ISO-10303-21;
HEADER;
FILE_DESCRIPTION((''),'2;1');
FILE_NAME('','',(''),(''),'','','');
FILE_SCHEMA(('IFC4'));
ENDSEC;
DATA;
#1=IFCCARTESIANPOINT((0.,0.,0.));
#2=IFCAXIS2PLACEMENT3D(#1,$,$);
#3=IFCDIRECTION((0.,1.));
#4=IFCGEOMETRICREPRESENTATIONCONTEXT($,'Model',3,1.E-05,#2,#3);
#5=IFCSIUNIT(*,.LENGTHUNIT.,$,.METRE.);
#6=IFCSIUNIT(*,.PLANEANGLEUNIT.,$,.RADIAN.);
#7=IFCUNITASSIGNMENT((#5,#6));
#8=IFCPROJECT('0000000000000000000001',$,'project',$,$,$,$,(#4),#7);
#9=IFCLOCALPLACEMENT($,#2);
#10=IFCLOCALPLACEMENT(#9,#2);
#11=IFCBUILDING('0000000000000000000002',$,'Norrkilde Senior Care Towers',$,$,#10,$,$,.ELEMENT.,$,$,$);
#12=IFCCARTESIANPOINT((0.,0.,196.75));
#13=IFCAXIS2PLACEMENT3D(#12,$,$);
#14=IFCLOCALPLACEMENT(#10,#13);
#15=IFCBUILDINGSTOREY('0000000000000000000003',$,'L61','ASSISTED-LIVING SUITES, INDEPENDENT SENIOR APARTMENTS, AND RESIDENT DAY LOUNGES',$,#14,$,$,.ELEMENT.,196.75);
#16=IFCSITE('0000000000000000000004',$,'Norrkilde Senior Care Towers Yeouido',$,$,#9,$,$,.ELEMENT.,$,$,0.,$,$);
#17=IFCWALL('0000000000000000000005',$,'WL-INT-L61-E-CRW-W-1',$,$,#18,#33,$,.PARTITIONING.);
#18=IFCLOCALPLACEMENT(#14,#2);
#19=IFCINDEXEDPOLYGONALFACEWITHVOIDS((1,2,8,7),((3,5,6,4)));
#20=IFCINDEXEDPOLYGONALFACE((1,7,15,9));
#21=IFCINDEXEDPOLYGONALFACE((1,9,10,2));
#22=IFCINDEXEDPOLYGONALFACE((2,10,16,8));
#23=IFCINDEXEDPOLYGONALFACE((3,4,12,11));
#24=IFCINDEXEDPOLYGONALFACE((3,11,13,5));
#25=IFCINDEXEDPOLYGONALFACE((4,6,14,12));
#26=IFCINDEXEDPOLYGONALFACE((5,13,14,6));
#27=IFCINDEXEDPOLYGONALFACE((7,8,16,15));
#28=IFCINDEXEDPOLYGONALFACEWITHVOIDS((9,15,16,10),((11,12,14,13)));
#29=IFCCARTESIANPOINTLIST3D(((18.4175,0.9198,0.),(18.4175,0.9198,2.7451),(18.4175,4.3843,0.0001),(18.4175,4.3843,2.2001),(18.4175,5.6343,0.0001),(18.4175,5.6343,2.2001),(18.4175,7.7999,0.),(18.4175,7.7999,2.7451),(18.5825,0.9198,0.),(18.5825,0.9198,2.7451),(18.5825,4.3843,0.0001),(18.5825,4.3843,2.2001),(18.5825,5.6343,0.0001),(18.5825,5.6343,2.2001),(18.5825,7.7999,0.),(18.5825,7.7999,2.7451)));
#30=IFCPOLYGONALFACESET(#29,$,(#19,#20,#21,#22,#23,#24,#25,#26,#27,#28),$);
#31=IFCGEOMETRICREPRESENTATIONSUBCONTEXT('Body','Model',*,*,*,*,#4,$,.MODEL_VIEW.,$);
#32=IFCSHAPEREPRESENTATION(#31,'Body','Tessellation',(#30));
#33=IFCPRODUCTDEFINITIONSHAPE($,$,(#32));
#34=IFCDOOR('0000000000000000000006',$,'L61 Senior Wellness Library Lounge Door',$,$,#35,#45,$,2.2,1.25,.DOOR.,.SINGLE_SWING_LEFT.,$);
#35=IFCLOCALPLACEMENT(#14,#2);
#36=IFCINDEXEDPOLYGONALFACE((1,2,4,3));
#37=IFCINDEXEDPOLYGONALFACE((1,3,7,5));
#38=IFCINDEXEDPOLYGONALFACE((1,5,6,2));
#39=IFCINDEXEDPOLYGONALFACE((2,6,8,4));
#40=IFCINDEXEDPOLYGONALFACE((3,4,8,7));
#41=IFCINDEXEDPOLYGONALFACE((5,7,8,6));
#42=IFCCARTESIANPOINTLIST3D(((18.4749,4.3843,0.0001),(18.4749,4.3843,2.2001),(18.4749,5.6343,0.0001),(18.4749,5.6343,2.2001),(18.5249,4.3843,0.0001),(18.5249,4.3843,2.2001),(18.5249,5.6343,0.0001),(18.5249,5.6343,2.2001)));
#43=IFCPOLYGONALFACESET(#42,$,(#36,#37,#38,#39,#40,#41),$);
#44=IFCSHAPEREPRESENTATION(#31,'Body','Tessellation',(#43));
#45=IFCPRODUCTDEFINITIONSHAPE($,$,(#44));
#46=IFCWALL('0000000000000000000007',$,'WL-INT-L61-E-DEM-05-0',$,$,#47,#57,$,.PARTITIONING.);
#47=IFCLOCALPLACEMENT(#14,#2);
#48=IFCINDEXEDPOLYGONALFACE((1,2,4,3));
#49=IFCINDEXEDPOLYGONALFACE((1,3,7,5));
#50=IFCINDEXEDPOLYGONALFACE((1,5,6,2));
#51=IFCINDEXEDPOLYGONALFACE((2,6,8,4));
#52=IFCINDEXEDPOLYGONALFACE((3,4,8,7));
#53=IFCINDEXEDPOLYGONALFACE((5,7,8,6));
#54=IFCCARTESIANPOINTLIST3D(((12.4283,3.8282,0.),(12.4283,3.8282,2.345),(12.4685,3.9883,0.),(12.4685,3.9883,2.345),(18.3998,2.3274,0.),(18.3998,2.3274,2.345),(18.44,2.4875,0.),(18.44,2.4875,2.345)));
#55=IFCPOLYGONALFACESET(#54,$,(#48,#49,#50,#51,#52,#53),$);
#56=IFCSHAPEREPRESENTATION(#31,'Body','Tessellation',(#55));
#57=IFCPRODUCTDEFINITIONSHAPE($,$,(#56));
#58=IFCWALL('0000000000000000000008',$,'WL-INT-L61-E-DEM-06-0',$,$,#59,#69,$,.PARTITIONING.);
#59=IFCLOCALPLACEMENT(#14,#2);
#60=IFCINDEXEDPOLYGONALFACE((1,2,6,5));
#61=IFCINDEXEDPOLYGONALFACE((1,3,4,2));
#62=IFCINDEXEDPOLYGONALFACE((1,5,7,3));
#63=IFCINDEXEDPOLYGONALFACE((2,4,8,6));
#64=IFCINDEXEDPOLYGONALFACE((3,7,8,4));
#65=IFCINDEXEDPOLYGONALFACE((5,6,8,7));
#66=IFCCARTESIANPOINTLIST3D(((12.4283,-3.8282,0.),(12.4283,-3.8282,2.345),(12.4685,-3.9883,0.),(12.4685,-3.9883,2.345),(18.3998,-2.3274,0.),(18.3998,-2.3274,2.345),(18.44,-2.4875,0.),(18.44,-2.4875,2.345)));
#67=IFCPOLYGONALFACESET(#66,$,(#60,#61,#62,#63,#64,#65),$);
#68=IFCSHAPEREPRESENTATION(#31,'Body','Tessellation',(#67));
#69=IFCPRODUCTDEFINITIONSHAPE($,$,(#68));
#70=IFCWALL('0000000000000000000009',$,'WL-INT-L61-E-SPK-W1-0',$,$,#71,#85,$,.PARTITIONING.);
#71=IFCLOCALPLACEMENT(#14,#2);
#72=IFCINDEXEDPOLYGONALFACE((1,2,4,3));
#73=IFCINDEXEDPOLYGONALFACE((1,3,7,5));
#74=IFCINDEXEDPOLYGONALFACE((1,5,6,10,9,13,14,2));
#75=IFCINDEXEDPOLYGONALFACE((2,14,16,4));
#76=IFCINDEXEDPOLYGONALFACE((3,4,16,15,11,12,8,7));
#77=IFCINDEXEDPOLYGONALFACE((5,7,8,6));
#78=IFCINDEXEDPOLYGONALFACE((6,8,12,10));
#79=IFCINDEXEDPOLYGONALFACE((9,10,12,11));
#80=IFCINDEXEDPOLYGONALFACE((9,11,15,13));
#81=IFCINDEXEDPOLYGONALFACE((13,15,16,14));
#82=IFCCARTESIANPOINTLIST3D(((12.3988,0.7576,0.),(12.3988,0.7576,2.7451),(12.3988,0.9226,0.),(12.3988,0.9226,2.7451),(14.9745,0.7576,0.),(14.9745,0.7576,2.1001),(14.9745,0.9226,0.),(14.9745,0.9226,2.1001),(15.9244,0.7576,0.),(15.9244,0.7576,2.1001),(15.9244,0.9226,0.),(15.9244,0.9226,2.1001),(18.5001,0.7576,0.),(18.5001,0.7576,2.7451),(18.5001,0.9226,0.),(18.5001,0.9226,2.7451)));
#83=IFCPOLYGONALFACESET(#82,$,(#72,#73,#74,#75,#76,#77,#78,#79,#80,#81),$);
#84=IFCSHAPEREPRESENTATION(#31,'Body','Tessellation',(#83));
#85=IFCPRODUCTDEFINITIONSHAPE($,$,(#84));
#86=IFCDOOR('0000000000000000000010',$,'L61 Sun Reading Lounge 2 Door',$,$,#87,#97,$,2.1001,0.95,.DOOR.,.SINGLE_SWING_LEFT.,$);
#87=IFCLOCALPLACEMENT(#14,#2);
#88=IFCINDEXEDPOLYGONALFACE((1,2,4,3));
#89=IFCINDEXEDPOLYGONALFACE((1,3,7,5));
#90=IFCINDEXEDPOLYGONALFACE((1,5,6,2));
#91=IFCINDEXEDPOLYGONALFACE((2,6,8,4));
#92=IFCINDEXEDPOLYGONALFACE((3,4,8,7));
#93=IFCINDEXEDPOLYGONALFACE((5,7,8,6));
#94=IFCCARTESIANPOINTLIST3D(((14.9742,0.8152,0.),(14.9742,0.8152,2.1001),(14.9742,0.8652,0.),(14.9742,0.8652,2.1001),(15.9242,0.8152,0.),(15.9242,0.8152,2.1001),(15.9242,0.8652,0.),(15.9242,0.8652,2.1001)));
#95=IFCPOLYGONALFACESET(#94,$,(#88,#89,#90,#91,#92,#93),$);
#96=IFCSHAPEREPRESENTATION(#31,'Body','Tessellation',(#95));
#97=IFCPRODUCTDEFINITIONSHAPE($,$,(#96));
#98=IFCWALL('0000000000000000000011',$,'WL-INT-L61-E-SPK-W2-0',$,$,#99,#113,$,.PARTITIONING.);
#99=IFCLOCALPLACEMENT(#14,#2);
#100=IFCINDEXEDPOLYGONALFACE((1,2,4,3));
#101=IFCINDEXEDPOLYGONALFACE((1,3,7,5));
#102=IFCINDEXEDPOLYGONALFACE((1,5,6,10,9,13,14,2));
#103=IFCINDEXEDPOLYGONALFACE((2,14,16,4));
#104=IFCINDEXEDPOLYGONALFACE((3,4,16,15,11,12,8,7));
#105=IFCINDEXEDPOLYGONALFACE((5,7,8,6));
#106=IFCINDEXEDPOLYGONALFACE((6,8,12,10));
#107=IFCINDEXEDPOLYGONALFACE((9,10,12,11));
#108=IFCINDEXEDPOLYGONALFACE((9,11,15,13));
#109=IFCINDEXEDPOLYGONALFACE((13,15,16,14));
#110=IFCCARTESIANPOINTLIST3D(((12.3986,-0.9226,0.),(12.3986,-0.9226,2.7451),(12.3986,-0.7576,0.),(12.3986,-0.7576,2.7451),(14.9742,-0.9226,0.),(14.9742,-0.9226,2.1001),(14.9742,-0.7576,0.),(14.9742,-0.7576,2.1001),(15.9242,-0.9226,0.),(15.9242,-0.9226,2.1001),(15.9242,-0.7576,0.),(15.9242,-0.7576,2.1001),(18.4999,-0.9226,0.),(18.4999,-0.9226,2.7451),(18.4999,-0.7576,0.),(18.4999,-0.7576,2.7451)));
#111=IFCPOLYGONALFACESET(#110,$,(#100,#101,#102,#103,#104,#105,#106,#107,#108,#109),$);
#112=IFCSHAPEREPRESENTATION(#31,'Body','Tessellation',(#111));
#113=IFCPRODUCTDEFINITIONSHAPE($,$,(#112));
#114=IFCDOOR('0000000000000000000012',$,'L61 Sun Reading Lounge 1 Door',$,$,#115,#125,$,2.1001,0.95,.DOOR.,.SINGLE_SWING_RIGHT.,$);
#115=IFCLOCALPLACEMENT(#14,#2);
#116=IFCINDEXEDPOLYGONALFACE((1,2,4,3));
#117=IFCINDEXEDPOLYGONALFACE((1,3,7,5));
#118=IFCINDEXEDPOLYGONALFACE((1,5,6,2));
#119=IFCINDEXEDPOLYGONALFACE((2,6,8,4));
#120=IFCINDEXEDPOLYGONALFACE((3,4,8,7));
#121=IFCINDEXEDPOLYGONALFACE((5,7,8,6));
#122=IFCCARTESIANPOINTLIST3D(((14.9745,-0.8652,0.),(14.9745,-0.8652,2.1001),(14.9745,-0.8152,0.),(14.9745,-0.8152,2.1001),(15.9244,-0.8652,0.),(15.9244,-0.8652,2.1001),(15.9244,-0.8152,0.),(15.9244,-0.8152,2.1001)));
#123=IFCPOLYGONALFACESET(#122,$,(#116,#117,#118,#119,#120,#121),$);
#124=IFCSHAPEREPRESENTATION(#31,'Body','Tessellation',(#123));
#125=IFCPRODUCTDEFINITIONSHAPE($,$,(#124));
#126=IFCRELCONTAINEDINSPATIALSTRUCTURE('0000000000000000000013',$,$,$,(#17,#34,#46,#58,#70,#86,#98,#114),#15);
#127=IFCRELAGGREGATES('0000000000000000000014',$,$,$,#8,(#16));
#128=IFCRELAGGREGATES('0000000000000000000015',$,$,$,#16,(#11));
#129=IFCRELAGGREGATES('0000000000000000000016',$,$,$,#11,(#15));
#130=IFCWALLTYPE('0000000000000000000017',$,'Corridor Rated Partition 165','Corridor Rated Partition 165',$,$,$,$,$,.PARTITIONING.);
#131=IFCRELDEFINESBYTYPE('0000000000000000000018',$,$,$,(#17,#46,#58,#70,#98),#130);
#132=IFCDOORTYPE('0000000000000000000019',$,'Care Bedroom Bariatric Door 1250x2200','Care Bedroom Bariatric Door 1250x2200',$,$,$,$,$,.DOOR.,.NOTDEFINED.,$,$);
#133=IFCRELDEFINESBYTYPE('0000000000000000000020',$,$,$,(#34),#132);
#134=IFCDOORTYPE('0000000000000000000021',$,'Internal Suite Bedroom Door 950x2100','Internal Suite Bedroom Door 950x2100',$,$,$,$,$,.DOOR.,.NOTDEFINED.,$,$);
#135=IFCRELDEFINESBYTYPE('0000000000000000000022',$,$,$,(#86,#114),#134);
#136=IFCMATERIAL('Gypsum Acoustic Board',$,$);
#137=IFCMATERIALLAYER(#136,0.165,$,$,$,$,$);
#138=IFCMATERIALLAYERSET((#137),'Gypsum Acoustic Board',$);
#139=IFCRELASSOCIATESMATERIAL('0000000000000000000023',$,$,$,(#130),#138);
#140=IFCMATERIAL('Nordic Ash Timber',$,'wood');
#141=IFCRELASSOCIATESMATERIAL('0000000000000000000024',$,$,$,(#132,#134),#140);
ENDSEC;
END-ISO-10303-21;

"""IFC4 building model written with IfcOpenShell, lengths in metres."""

from ifc_helpers import new_model, si_unit, direction, frame, frame_2d, origin, place, context, subcontext, project, spatial, rectangle, extrude, source, transform, mapped, material, layer, layer_set, type_object, type_shapes, element, fill, save


model = new_model("IFC4")

# Units and contexts
model_context = context("Model", 3, precision=1e-05, world=origin(), true_north=direction((0.0, 1.0)))
body_context = subcontext(model_context, "Body", "Model", "MODEL_VIEW")
ifc_project = project(units=[si_unit("LENGTHUNIT", "METRE"), si_unit("PLANEANGLEUNIT", "RADIAN")], contexts=[model_context])

# Site, building, storey
site_placement = place(None, origin())
site = spatial("IfcSite", under=ifc_project, at=site_placement, Name="Norrkilde Senior Care Towers Yeouido", CompositionType="ELEMENT", RefElevation=0.0)
building_placement = place(site_placement, origin())
building = spatial("IfcBuilding", under=site, at=building_placement, Name="Norrkilde Senior Care Towers", CompositionType="ELEMENT")
storey_placement = place(building_placement, frame((0.0, 0.0, 196.75)))
storey = spatial("IfcBuildingStorey", under=building, at=storey_placement, Name="L61", Description="ASSISTED-LIVING SUITES, INDEPENDENT SENIOR APARTMENTS, AND RESIDENT DAY LOUNGES", CompositionType="ELEMENT", Elevation=196.75)

# Wall, opening, door
ifc_material_1 = material(Name="Gypsum Acoustic Board")
ifc_layer_1 = layer(ifc_material_1, 0.165)
ifc_layer_set_1 = layer_set([ifc_layer_1], Name="Gypsum Acoustic Board")
wall_type_1 = type_object("IfcWallType", Name="Corridor Rated Partition 165", Description="Corridor Rated Partition 165", PredefinedType="PARTITIONING", material=ifc_layer_set_1)
shared_shape_1 = source(origin(), body_context, "Body", "SweptSolid", [
    extrude(rectangle(XDim=6.8801, YDim=0.165, at=frame_2d((3.4399, 0.0))), origin(), (0.0, 0.0, 1.0), 2.7451),
])
wall_1_placement = place(storey_placement, frame((18.5, 0.9199, 0.0), z_axis=(0.0, 0.0, 1.0), x_axis=(0.0, 1.0, 0.0)))
wall_1 = element("IfcWall", 1, at=wall_1_placement, inside=storey, type_object=wall_type_1, Name="WL-INT-L61-E-CRW-W-1", PredefinedType="PARTITIONING", context=body_context, shape_type="MappedRepresentation", body=[
    mapped(shared_shape_1, transform((0.0, 0.0, 0.0), x_axis=(1.0, 0.0, 0.0), y_axis=(0.0, 1.0, 0.0), z_axis=(0.0, 0.0, 1.0), scale=1.0)),
])
opening_1_placement = place(wall_1_placement, frame((3.4644, 0.0, 0.0)))
opening_1 = element("IfcOpeningElement", 2, at=opening_1_placement, cuts=wall_1, PredefinedType="OPENING", context=body_context, shape_type="SweptSolid", body=[
    extrude(rectangle(XDim=1.25, YDim=2.2, at=frame_2d((0.625, 1.1001))), frame((0.0, 0.0925, 0.0), z_axis=(0.0, -1.0, 0.0), x_axis=(1.0, 0.0, 0.0)), (0.0, 0.0, 1.0), 0.1851),
])
ifc_material_2 = material(Name="Nordic Ash Timber", Category="wood")
door_type_1 = type_object("IfcDoorType", Name="Care Bedroom Bariatric Door 1250x2200", Description="Care Bedroom Bariatric Door 1250x2200", OperationType="NOTDEFINED", PredefinedType="DOOR", material=ifc_material_2)
shared_shape_2 = source(origin(), body_context, "Body", "SweptSolid", [
    extrude(rectangle(XDim=1.25, YDim=2.2, at=frame_2d((0.625, 1.1001))), frame((0.0, 0.0249, 0.0), z_axis=(0.0, -1.0, 0.0), x_axis=(1.0, 0.0, 0.0)), (0.0, 0.0, 1.0), 0.05),
])
type_shapes(door_type_1, [shared_shape_2])
door_1_placement = place(opening_1_placement, frame((1.25, 0.0, 0.0), z_axis=(0.0, 0.0, 1.0), x_axis=(-1.0, 0.0, 0.0)))
door_1 = element("IfcDoor", 3, at=door_1_placement, inside=storey, type_object=door_type_1, Name="L61 Senior Wellness Library Lounge Door", OperationType="SINGLE_SWING_LEFT", OverallHeight=2.2, OverallWidth=1.25, PredefinedType="DOOR", context=body_context, shape_type="MappedRepresentation", body=[
    mapped(shared_shape_2, transform((0.0, 0.0, 0.0), x_axis=(1.0, 0.0, 0.0), y_axis=(0.0, 1.0, 0.0), z_axis=(0.0, 0.0, 1.0), scale=1.0)),
])
fill(opening_1, door_1)

# Walls
shared_shape_3 = source(origin(), body_context, "Body", "SweptSolid", [
    extrude(rectangle(XDim=6.1572, YDim=0.165, at=frame_2d((3.0786, 0.0))), origin(), (0.0, 0.0, 1.0), 2.345),
])
for number, where, z_axis, x_axis, name in (
    (4, (18.4199, 2.4075, 0.0), (0.0, 0.0, 1.0), (-0.969841, 0.243739, 0.0), "WL-INT-L61-E-DEM-05-0"),
    (5, (18.4199, -2.4075, 0.0), (0.0, 0.0, 1.0), (-0.969841, -0.243739, 0.0), "WL-INT-L61-E-DEM-06-0"),
):
    element("IfcWall", number, at=place(storey_placement, frame(where, z_axis=z_axis, x_axis=x_axis)), inside=storey, type_object=wall_type_1, Name=name, PredefinedType="PARTITIONING", context=body_context, shape_type="MappedRepresentation", body=[
        mapped(shared_shape_3, transform((0.0, 0.0, 0.0), x_axis=(1.0, 0.0, 0.0), y_axis=(0.0, 1.0, 0.0), z_axis=(0.0, 0.0, 1.0), scale=1.0)),
    ])

# Walls, openings, doors
shared_shape_4 = source(origin(), body_context, "Body", "SweptSolid", [
    extrude(rectangle(XDim=6.1013, YDim=0.165, at=frame_2d((3.0508, 0.0))), origin(), (0.0, 0.0, 1.0), 2.7451),
])
type_shapes(wall_type_1, [shared_shape_1, shared_shape_3, shared_shape_4])
wall_2_placement = place(storey_placement, frame((12.3987, 0.8401, 0.0), z_axis=(0.0, 0.0, 1.0), x_axis=(1.0, 0.0, 0.0)))
wall_2 = element("IfcWall", 6, at=wall_2_placement, inside=storey, type_object=wall_type_1, Name="WL-INT-L61-E-SPK-W1-0", PredefinedType="PARTITIONING", context=body_context, shape_type="MappedRepresentation", body=[
    mapped(shared_shape_4, transform((0.0, 0.0, 0.0), x_axis=(1.0, 0.0, 0.0), y_axis=(0.0, 1.0, 0.0), z_axis=(0.0, 0.0, 1.0), scale=1.0)),
])
opening_2_placement = place(wall_2_placement, frame((2.5757, 0.0, 0.0)))
opening_2 = element("IfcOpeningElement", 7, at=opening_2_placement, cuts=wall_2, PredefinedType="OPENING", context=body_context, shape_type="SweptSolid", body=[
    extrude(rectangle(XDim=0.95, YDim=2.1001, at=frame_2d((0.4751, 1.05))), frame((0.0, 0.0925, 0.0), z_axis=(0.0, -1.0, 0.0), x_axis=(1.0, 0.0, 0.0)), (0.0, 0.0, 1.0), 0.1851),
])
door_type_2 = type_object("IfcDoorType", Name="Internal Suite Bedroom Door 950x2100", Description="Internal Suite Bedroom Door 950x2100", OperationType="NOTDEFINED", PredefinedType="DOOR", material=ifc_material_2)
shared_shape_5 = source(origin(), body_context, "Body", "SweptSolid", [
    extrude(rectangle(XDim=0.95, YDim=2.1001, at=frame_2d((0.4751, 1.05))), frame((0.0, 0.0249, 0.0), z_axis=(0.0, -1.0, 0.0), x_axis=(1.0, 0.0, 0.0)), (0.0, 0.0, 1.0), 0.05),
])
type_shapes(door_type_2, [shared_shape_5])
door_2_placement = place(opening_2_placement, frame((0.95, 0.0, 0.0), z_axis=(0.0, 0.0, 1.0), x_axis=(-1.0, 0.0, 0.0)))
door_2 = element("IfcDoor", 8, at=door_2_placement, inside=storey, type_object=door_type_2, Name="L61 Sun Reading Lounge 2 Door", OperationType="SINGLE_SWING_LEFT", OverallHeight=2.1001, OverallWidth=0.95, PredefinedType="DOOR", context=body_context, shape_type="MappedRepresentation", body=[
    mapped(shared_shape_5, transform((0.0, 0.0, 0.0), x_axis=(1.0, 0.0, 0.0), y_axis=(0.0, 1.0, 0.0), z_axis=(0.0, 0.0, 1.0), scale=1.0)),
])
fill(opening_2, door_2)
wall_3_placement = place(storey_placement, frame((18.5, -0.8401, 0.0), z_axis=(0.0, 0.0, 1.0), x_axis=(-1.0, 0.0, 0.0)))
wall_3 = element("IfcWall", 9, at=wall_3_placement, inside=storey, type_object=wall_type_1, Name="WL-INT-L61-E-SPK-W2-0", PredefinedType="PARTITIONING", context=body_context, shape_type="MappedRepresentation", body=[
    mapped(shared_shape_4, transform((0.0, 0.0, 0.0), x_axis=(1.0, 0.0, 0.0), y_axis=(0.0, 1.0, 0.0), z_axis=(0.0, 0.0, 1.0), scale=1.0)),
])
opening_3_placement = place(wall_3_placement, frame((2.5757, 0.0, 0.0)))
opening_3 = element("IfcOpeningElement", 10, at=opening_3_placement, cuts=wall_3, PredefinedType="OPENING", context=body_context, shape_type="SweptSolid", body=[
    extrude(rectangle(XDim=0.95, YDim=2.1001, at=frame_2d((0.4751, 1.05))), frame((0.0, 0.0925, 0.0), z_axis=(0.0, -1.0, 0.0), x_axis=(1.0, 0.0, 0.0)), (0.0, 0.0, 1.0), 0.1851),
])
door_3_placement = place(opening_3_placement, frame((0.95, 0.0, 0.0), z_axis=(0.0, 0.0, 1.0), x_axis=(-1.0, 0.0, 0.0)))
door_3 = element("IfcDoor", 11, at=door_3_placement, inside=storey, type_object=door_type_2, Name="L61 Sun Reading Lounge 1 Door", OperationType="SINGLE_SWING_RIGHT", OverallHeight=2.1001, OverallWidth=0.95, PredefinedType="DOOR", context=body_context, shape_type="MappedRepresentation", body=[
    mapped(shared_shape_5, transform((0.0, 0.0, 0.0), x_axis=(1.0, 0.0, 0.0), y_axis=(0.0, 1.0, 0.0), z_axis=(0.0, 0.0, 1.0), scale=1.0)),
])
fill(opening_3, door_3)

save(model, "model.ifc")
